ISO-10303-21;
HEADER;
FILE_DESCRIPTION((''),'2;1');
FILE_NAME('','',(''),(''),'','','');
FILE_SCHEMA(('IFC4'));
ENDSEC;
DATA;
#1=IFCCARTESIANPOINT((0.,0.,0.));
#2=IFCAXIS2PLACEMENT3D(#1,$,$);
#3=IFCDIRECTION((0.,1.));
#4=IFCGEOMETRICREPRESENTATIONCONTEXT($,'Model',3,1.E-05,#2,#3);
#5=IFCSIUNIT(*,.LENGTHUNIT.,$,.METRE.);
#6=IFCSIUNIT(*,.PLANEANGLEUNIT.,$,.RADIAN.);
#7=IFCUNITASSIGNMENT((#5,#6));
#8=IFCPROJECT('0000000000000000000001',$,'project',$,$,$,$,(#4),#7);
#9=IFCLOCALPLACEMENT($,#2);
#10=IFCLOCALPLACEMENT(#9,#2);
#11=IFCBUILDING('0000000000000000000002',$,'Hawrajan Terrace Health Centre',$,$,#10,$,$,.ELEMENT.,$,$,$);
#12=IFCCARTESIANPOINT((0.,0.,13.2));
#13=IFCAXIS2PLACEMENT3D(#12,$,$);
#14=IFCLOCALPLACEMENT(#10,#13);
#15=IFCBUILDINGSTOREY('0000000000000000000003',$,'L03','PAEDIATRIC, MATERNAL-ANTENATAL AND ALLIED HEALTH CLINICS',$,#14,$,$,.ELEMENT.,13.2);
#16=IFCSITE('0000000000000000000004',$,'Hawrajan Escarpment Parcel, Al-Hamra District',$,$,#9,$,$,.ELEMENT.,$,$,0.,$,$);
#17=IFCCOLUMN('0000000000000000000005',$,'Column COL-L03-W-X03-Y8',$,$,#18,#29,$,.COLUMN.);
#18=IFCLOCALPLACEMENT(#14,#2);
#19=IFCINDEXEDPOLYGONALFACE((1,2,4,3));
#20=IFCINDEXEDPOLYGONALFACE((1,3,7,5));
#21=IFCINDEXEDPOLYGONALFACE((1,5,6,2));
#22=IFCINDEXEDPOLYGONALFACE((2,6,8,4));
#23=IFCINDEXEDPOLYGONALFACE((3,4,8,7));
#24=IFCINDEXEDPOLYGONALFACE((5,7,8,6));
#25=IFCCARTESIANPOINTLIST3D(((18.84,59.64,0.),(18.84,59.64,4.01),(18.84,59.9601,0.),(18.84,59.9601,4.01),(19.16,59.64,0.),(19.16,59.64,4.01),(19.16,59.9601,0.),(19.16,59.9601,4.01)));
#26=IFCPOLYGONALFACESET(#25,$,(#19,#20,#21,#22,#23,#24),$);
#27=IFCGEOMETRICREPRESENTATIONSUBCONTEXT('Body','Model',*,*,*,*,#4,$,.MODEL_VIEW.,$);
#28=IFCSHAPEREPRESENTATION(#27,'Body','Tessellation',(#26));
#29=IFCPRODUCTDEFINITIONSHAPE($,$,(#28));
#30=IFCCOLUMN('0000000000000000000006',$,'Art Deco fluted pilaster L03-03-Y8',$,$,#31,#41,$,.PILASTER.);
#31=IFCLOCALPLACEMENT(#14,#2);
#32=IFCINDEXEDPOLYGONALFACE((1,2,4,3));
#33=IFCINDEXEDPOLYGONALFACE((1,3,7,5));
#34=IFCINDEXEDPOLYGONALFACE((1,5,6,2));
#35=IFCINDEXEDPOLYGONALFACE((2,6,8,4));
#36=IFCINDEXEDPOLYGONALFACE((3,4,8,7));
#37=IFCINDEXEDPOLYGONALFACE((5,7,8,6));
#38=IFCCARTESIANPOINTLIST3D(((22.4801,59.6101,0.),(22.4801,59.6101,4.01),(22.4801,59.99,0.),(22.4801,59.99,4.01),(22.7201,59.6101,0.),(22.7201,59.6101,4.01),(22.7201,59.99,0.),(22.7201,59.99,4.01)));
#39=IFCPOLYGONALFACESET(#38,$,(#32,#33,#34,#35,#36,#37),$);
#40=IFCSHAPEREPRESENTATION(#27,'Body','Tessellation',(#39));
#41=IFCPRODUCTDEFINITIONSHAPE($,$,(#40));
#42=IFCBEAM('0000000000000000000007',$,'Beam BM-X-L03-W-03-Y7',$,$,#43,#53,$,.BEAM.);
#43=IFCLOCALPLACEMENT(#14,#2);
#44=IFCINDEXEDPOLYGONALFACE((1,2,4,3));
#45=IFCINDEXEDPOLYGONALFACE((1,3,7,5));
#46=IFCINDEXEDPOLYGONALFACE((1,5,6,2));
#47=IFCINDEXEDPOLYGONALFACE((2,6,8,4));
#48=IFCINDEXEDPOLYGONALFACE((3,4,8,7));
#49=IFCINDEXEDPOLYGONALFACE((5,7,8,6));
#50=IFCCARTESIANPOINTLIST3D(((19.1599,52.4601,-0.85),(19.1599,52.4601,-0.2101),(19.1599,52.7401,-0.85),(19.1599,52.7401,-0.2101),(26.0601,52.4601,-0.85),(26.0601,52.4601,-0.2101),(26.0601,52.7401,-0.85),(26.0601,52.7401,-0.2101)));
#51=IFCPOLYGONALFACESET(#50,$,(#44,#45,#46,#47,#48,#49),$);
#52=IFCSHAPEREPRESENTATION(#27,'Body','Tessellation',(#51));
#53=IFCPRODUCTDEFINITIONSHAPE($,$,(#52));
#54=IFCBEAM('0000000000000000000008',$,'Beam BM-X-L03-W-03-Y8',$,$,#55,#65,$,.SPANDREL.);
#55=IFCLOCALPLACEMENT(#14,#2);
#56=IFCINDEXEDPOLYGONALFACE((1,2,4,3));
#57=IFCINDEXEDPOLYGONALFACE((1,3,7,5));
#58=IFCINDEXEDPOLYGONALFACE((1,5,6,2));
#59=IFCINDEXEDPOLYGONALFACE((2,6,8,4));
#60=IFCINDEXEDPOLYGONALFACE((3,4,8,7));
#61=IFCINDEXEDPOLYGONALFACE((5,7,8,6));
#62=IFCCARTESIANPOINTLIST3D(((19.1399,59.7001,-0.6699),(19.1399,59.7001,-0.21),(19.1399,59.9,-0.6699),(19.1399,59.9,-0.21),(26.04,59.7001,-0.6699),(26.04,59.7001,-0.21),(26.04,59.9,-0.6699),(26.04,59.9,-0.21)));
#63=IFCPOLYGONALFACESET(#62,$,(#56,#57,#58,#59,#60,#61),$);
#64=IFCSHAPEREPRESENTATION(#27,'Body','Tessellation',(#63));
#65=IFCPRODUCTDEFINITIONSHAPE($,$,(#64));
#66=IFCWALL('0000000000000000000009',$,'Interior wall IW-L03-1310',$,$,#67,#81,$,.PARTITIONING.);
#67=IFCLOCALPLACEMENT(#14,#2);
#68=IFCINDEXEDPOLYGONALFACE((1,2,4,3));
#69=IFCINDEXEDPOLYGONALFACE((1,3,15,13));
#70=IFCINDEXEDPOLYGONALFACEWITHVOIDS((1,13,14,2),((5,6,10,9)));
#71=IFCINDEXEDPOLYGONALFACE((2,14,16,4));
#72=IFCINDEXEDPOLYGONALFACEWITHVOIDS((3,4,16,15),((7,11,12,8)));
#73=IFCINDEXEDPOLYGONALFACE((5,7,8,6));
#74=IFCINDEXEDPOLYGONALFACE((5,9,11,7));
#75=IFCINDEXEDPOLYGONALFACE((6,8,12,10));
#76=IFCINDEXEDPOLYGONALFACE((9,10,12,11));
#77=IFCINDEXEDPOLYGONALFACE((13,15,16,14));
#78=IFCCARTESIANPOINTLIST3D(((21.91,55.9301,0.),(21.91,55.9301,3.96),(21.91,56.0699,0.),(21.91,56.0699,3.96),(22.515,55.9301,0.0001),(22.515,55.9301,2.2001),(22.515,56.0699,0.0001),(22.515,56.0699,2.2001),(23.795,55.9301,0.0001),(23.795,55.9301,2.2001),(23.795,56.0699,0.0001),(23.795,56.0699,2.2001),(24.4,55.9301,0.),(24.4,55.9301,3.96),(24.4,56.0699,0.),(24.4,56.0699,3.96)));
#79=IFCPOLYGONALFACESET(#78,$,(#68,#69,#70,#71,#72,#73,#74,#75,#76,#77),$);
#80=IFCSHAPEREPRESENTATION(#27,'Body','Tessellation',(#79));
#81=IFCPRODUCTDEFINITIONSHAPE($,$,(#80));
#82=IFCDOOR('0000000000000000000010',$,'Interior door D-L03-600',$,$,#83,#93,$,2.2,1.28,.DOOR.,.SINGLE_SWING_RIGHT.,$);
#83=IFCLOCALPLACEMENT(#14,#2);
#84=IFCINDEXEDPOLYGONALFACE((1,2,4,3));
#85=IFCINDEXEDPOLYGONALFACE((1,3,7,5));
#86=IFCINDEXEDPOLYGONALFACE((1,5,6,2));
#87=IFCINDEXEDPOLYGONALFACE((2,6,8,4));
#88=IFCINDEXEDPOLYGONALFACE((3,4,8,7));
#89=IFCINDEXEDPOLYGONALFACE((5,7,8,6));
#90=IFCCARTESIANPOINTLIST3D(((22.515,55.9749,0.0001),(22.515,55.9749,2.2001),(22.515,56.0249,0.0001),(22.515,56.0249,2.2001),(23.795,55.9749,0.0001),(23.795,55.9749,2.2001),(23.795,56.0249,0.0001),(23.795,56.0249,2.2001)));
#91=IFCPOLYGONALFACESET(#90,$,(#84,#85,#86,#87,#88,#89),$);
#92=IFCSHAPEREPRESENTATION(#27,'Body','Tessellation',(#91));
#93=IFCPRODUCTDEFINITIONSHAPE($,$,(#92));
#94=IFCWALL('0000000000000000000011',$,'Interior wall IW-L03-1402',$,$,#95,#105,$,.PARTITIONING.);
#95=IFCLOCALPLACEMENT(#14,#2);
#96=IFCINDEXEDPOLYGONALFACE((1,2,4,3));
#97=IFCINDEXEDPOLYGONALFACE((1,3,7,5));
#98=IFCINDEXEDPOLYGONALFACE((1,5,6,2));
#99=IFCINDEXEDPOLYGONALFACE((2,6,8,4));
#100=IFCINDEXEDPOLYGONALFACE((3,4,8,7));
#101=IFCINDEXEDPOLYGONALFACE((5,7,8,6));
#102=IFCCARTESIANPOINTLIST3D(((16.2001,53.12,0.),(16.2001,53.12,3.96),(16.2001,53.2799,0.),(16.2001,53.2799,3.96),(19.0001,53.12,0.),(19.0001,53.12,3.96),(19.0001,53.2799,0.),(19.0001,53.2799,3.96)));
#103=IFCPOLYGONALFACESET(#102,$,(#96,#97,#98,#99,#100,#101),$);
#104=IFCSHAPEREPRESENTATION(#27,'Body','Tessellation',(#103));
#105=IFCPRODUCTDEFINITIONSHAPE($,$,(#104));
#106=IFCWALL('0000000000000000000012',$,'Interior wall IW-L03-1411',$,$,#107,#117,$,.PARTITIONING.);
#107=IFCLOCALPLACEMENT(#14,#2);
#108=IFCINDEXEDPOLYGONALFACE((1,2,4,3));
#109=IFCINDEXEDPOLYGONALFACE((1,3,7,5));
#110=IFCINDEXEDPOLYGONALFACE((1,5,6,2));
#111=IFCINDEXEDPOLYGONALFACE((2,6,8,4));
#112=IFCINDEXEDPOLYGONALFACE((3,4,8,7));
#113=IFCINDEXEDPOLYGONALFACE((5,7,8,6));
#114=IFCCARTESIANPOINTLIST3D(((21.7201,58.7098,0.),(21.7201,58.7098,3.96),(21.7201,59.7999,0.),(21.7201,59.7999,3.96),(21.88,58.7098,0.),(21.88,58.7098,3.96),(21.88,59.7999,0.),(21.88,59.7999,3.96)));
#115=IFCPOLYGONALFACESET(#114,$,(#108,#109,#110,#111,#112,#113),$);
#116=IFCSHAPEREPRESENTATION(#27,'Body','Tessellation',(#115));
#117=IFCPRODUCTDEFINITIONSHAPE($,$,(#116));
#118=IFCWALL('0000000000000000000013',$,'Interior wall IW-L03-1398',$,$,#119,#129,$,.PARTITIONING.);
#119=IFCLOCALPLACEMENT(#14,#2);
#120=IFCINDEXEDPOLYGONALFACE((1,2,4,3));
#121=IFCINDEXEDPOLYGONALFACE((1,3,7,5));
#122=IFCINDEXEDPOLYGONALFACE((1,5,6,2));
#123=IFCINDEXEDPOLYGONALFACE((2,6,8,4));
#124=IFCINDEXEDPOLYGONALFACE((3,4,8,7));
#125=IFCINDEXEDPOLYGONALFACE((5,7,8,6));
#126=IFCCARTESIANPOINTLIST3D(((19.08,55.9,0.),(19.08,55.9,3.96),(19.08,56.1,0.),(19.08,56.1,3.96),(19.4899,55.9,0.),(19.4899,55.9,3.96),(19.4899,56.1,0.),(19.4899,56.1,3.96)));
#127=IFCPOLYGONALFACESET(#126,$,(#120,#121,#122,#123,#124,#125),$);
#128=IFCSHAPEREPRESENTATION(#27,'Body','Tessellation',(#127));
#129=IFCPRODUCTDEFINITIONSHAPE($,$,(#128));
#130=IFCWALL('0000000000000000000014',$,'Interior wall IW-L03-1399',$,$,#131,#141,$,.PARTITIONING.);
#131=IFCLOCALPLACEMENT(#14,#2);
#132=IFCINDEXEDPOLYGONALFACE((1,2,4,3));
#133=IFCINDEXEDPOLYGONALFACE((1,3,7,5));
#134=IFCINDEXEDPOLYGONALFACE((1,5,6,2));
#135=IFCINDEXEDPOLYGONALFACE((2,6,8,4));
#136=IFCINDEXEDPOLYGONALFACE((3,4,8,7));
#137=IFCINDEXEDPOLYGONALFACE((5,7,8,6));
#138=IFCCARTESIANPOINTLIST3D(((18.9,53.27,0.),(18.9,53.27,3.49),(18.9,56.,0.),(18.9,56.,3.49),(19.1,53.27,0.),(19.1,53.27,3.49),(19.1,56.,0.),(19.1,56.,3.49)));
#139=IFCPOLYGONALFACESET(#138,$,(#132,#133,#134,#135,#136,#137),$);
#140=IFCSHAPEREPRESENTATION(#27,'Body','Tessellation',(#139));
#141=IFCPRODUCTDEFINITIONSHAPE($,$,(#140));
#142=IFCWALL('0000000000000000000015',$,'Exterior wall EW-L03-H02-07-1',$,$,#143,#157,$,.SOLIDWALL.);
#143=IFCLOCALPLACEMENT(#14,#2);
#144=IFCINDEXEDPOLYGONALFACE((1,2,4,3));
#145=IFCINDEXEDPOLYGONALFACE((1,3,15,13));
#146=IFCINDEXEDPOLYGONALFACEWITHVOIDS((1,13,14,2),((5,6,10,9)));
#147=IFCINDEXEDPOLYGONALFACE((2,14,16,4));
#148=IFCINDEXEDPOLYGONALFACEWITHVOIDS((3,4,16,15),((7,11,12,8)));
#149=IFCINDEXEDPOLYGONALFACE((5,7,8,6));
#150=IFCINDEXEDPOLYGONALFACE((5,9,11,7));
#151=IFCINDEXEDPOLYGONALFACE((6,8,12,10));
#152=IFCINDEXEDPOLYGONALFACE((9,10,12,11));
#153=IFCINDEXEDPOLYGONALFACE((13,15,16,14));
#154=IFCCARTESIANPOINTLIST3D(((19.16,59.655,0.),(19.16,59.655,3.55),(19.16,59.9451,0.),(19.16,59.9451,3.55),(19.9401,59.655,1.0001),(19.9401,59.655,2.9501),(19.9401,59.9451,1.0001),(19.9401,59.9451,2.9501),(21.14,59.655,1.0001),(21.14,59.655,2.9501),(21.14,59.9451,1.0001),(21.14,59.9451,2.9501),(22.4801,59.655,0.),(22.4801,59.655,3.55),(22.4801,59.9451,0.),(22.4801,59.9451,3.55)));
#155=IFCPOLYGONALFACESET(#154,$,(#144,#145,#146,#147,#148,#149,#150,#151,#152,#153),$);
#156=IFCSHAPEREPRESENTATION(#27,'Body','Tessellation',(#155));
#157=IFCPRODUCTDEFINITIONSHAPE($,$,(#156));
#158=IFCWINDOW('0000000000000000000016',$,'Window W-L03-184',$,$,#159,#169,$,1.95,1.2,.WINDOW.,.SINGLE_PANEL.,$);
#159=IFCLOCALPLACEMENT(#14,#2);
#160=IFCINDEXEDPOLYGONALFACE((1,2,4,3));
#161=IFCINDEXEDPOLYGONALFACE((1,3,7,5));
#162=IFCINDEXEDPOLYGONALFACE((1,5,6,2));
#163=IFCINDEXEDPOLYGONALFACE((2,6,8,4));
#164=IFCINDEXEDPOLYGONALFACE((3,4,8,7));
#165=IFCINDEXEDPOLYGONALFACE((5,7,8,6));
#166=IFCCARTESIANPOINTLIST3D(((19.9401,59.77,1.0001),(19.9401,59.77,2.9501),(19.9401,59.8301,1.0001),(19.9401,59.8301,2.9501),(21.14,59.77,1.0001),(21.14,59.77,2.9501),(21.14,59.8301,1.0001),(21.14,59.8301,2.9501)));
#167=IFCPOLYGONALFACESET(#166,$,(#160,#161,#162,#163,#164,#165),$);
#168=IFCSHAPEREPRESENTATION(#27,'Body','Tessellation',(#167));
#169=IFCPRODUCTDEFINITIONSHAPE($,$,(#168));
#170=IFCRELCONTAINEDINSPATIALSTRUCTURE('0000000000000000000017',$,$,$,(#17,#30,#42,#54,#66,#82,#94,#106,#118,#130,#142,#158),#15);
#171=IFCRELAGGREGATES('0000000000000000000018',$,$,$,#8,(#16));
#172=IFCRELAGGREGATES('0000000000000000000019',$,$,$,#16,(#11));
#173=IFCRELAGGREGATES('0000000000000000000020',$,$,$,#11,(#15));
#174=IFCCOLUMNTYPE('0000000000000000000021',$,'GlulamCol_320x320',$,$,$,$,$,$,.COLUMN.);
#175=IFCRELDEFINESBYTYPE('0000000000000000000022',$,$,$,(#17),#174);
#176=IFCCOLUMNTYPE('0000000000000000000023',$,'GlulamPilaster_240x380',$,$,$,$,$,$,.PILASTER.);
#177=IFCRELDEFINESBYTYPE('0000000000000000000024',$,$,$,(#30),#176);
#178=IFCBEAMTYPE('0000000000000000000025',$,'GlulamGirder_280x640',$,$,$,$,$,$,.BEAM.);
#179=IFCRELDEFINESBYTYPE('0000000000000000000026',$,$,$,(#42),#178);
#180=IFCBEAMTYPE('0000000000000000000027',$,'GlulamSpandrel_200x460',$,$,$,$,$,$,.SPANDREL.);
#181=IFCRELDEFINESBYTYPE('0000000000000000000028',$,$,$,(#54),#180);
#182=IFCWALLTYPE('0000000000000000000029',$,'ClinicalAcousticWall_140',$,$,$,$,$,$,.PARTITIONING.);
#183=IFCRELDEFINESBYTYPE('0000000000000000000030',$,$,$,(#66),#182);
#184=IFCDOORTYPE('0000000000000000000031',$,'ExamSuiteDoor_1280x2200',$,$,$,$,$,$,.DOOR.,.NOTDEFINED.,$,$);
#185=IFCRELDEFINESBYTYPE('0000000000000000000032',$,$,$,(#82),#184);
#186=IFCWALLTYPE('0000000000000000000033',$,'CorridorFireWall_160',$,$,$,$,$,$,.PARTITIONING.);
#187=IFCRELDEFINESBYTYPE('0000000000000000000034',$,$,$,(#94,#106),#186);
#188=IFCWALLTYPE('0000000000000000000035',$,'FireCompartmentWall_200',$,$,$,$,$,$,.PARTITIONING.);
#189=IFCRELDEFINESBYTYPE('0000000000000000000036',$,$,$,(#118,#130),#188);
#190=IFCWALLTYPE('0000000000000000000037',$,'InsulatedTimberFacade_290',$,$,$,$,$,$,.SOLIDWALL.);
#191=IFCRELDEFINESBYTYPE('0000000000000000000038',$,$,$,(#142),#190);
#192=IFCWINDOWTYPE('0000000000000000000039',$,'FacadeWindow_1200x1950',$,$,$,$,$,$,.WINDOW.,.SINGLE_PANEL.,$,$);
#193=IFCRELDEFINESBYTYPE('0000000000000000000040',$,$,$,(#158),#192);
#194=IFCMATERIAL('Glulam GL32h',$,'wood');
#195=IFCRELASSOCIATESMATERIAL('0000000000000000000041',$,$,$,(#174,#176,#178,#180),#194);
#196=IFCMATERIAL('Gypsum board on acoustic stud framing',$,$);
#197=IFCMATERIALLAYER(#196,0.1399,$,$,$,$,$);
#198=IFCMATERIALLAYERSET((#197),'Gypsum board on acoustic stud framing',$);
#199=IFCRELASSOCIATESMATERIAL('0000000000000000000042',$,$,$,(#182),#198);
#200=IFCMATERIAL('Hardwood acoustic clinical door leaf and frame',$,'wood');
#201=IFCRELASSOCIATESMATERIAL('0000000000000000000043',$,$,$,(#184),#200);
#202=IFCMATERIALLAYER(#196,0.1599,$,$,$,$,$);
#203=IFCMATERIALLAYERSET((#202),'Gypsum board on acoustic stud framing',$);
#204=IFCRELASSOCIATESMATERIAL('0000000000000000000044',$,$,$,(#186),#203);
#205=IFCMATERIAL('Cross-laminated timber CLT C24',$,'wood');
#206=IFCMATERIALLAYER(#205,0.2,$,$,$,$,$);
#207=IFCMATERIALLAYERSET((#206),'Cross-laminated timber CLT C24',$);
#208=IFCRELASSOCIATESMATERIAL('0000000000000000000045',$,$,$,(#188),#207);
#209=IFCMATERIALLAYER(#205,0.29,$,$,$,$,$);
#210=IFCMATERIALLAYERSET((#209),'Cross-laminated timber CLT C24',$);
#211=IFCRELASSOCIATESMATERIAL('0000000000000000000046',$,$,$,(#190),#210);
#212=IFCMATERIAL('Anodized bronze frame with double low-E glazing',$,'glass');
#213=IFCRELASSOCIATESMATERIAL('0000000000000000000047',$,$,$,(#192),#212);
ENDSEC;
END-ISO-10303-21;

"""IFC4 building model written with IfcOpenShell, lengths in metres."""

from ifc_helpers import new_model, si_unit, direction, frame, frame_2d, origin, origin_2d, place, context, subcontext, project, spatial, rectangle, extrude, material, layer, layer_set, material_profile, profile_set, type_object, element, fill, save


model = new_model("IFC4")

# Units and contexts
model_context = context("Model", 3, precision=1e-05, world=origin(), true_north=direction((0.0, 1.0)))
body_context = subcontext(model_context, "Body", "Model", "MODEL_VIEW")
ifc_project = project(units=[si_unit("LENGTHUNIT", "METRE"), si_unit("PLANEANGLEUNIT", "RADIAN")], contexts=[model_context])

# Site, building, storey
site_placement = place(None, origin())
site = spatial("IfcSite", under=ifc_project, at=site_placement, Name="Hawrajan Escarpment Parcel, Al-Hamra District", CompositionType="ELEMENT", RefElevation=0.0)
building_placement = place(site_placement, origin())
building = spatial("IfcBuilding", under=site, at=building_placement, Name="Hawrajan Terrace Health Centre", CompositionType="ELEMENT")
storey_placement = place(building_placement, frame((0.0, 0.0, 13.2)))
storey = spatial("IfcBuildingStorey", under=building, at=storey_placement, Name="L03", Description="PAEDIATRIC, MATERNAL-ANTENATAL AND ALLIED HEALTH CLINICS", CompositionType="ELEMENT", Elevation=13.2)

# Columns
ifc_material_1 = material(Name="Glulam GL32h", Category="wood")
ifc_material_profile_1 = material_profile(ifc_material_1, rectangle(XDim=0.3201, YDim=0.3201, at=origin_2d()), Name="GL 320x320")
ifc_profile_set_1 = profile_set([ifc_material_profile_1], Name="Glulam GL32h")
column_type_1 = type_object("IfcColumnType", Name="GlulamCol_320x320", PredefinedType="COLUMN", material=ifc_profile_set_1)
column_1_placement = place(storey_placement, frame((19.0, 59.8, 0.0), z_axis=(0.0, 0.0, 1.0), x_axis=(1.0, 0.0, 0.0)))
element("IfcColumn", 1, at=column_1_placement, inside=storey, type_object=column_type_1, Name="Column COL-L03-W-X03-Y8", PredefinedType="COLUMN", context=body_context, shape_type="SweptSolid", body=[
    extrude(rectangle(XDim=0.3201, YDim=0.3201, at=origin_2d()), origin(), (0.0, 0.0, 1.0), 4.01),
])
ifc_material_profile_2 = material_profile(ifc_material_1, rectangle(XDim=0.24, YDim=0.3799, at=origin_2d()), Name="GL PIL 240x380")
ifc_profile_set_2 = profile_set([ifc_material_profile_2], Name="Glulam GL32h")
column_type_2 = type_object("IfcColumnType", Name="GlulamPilaster_240x380", PredefinedType="PILASTER", material=ifc_profile_set_2)
column_2_placement = place(storey_placement, frame((22.6001, 59.8, 0.0), z_axis=(0.0, 0.0, 1.0), x_axis=(1.0, 0.0, 0.0)))
element("IfcColumn", 2, at=column_2_placement, inside=storey, type_object=column_type_2, Name="Art Deco fluted pilaster L03-03-Y8", PredefinedType="PILASTER", context=body_context, shape_type="SweptSolid", body=[
    extrude(rectangle(XDim=0.24, YDim=0.3799, at=origin_2d()), origin(), (0.0, 0.0, 1.0), 4.01),
])

# Beams
ifc_material_profile_3 = material_profile(ifc_material_1, rectangle(XDim=0.28, YDim=0.6399, at=origin_2d()), Name="GL BM 280x640")
ifc_profile_set_3 = profile_set([ifc_material_profile_3], Name="Glulam GL32h")
beam_type_1 = type_object("IfcBeamType", Name="GlulamGirder_280x640", PredefinedType="BEAM", material=ifc_profile_set_3)
beam_1_placement = place(storey_placement, frame((19.1599, 52.6001, -0.53), z_axis=(1.0, 0.0, 0.0), x_axis=(0.0, 1.0, 0.0)))
element("IfcBeam", 3, at=beam_1_placement, inside=storey, type_object=beam_type_1, Name="Beam BM-X-L03-W-03-Y7", PredefinedType="BEAM", context=body_context, shape_type="SweptSolid", body=[
    extrude(rectangle(XDim=0.28, YDim=0.6399, at=origin_2d()), origin(), (0.0, 0.0, 1.0), 6.9001),
])
ifc_material_profile_4 = material_profile(ifc_material_1, rectangle(XDim=0.2, YDim=0.46, at=origin_2d()), Name="GL SP 200x460")
ifc_profile_set_4 = profile_set([ifc_material_profile_4], Name="Glulam GL32h")
beam_type_2 = type_object("IfcBeamType", Name="GlulamSpandrel_200x460", PredefinedType="SPANDREL", material=ifc_profile_set_4)
beam_2_placement = place(storey_placement, frame((19.1399, 59.8, -0.4399), z_axis=(1.0, 0.0, 0.0), x_axis=(0.0, 1.0, 0.0)))
element("IfcBeam", 4, at=beam_2_placement, inside=storey, type_object=beam_type_2, Name="Beam BM-X-L03-W-03-Y8", PredefinedType="SPANDREL", context=body_context, shape_type="SweptSolid", body=[
    extrude(rectangle(XDim=0.2, YDim=0.46, at=origin_2d()), origin(), (0.0, 0.0, 1.0), 6.9001),
])

# Wall, opening, door
ifc_material_2 = material(Name="Gypsum board on acoustic stud framing")
ifc_layer_1 = layer(ifc_material_2, 0.1399)
ifc_layer_set_1 = layer_set([ifc_layer_1], Name="Gypsum board on acoustic stud framing")
wall_type_1 = type_object("IfcWallType", Name="ClinicalAcousticWall_140", PredefinedType="PARTITIONING", material=ifc_layer_set_1)
wall_1_placement = place(storey_placement, frame((21.9099, 56.0, 0.0), z_axis=(0.0, 0.0, 1.0), x_axis=(1.0, 0.0, 0.0)))
wall_1 = element("IfcWall", 5, at=wall_1_placement, inside=storey, type_object=wall_type_1, Name="Interior wall IW-L03-1310", PredefinedType="PARTITIONING", context=body_context, shape_type="SweptSolid", body=[
    extrude(rectangle(XDim=2.49, YDim=0.1399, at=frame_2d((1.2451, 0.0))), origin(), (0.0, 0.0, 1.0), 3.96),
])
opening_1_placement = place(wall_1_placement, frame((0.605, 0.0, 0.0)))
opening_1 = element("IfcOpeningElement", 6, at=opening_1_placement, cuts=wall_1, PredefinedType="OPENING", context=body_context, shape_type="SweptSolid", body=[
    extrude(rectangle(XDim=1.28, YDim=2.2, at=frame_2d((0.6401, 1.1001))), frame((0.0, 0.0798, 0.0), z_axis=(0.0, -1.0, 0.0), x_axis=(1.0, 0.0, 0.0)), (0.0, 0.0, 1.0), 0.1599),
])
ifc_material_3 = material(Name="Hardwood acoustic clinical door leaf and frame", Category="wood")
door_type_1 = type_object("IfcDoorType", Name="ExamSuiteDoor_1280x2200", OperationType="NOTDEFINED", PredefinedType="DOOR", material=ifc_material_3)
door_1_placement = place(opening_1_placement, origin())
door_1 = element("IfcDoor", 7, at=door_1_placement, inside=storey, type_object=door_type_1, Name="Interior door D-L03-600", OperationType="SINGLE_SWING_RIGHT", OverallHeight=2.2, OverallWidth=1.28, PredefinedType="DOOR", context=body_context, shape_type="SweptSolid", body=[
    extrude(rectangle(XDim=1.28, YDim=2.2, at=frame_2d((0.6401, 1.1001))), frame((0.0, 0.0249, 0.0), z_axis=(0.0, -1.0, 0.0), x_axis=(1.0, 0.0, 0.0)), (0.0, 0.0, 1.0), 0.05),
])
fill(opening_1, door_1)

# Walls
ifc_layer_2 = layer(ifc_material_2, 0.1599)
ifc_layer_set_2 = layer_set([ifc_layer_2], Name="Gypsum board on acoustic stud framing")
wall_type_2 = type_object("IfcWallType", Name="CorridorFireWall_160", PredefinedType="PARTITIONING", material=ifc_layer_set_2)
wall_2_placement = place(storey_placement, frame((19.0, 53.2, 0.0), z_axis=(0.0, 0.0, 1.0), x_axis=(-1.0, 0.0, 0.0)))
element("IfcWall", 8, at=wall_2_placement, inside=storey, type_object=wall_type_2, Name="Interior wall IW-L03-1402", PredefinedType="PARTITIONING", context=body_context, shape_type="SweptSolid", body=[
    extrude(rectangle(XDim=2.8, YDim=0.1599, at=frame_2d((1.3999, 0.0))), origin(), (0.0, 0.0, 1.0), 3.96),
])
wall_3_placement = place(storey_placement, frame((21.8, 58.71, 0.0), z_axis=(0.0, 0.0, 1.0), x_axis=(0.0, 1.0, 0.0)))
element("IfcWall", 9, at=wall_3_placement, inside=storey, type_object=wall_type_2, Name="Interior wall IW-L03-1411", PredefinedType="PARTITIONING", context=body_context, shape_type="SweptSolid", body=[
    extrude(rectangle(XDim=1.0901, YDim=0.1599, at=frame_2d((0.5449, 0.0))), origin(), (0.0, 0.0, 1.0), 3.96),
])
ifc_material_4 = material(Name="Cross-laminated timber CLT C24", Category="wood")
ifc_layer_3 = layer(ifc_material_4, 0.2)
ifc_layer_set_3 = layer_set([ifc_layer_3], Name="Cross-laminated timber CLT C24")
wall_type_3 = type_object("IfcWallType", Name="FireCompartmentWall_200", PredefinedType="PARTITIONING", material=ifc_layer_set_3)
wall_4_placement = place(storey_placement, frame((19.49, 56.0, 0.0), z_axis=(0.0, 0.0, 1.0), x_axis=(-1.0, 0.0, 0.0)))
element("IfcWall", 10, at=wall_4_placement, inside=storey, type_object=wall_type_3, Name="Interior wall IW-L03-1398", PredefinedType="PARTITIONING", context=body_context, shape_type="SweptSolid", body=[
    extrude(rectangle(XDim=0.4099, YDim=0.2, at=frame_2d((0.2051, 0.0))), origin(), (0.0, 0.0, 1.0), 3.96),
])
wall_5_placement = place(storey_placement, frame((19.0, 53.27, 0.0), z_axis=(0.0, 0.0, 1.0), x_axis=(0.0, 1.0, 0.0)))
element("IfcWall", 11, at=wall_5_placement, inside=storey, type_object=wall_type_3, Name="Interior wall IW-L03-1399", PredefinedType="PARTITIONING", context=body_context, shape_type="SweptSolid", body=[
    extrude(rectangle(XDim=2.73, YDim=0.2, at=frame_2d((1.365, 0.0))), origin(), (0.0, 0.0, 1.0), 3.49),
])

# Wall, opening, window
ifc_layer_4 = layer(ifc_material_4, 0.29)
ifc_layer_set_4 = layer_set([ifc_layer_4], Name="Cross-laminated timber CLT C24")
wall_type_4 = type_object("IfcWallType", Name="InsulatedTimberFacade_290", PredefinedType="SOLIDWALL", material=ifc_layer_set_4)
wall_6_placement = place(storey_placement, frame((19.1599, 59.8, 0.0), z_axis=(0.0, 0.0, 1.0), x_axis=(1.0, 0.0, 0.0)))
wall_6 = element("IfcWall", 12, at=wall_6_placement, inside=storey, type_object=wall_type_4, Name="Exterior wall EW-L03-H02-07-1", PredefinedType="SOLIDWALL", context=body_context, shape_type="SweptSolid", body=[
    extrude(rectangle(XDim=3.3201, YDim=0.29, at=frame_2d((1.6602, 0.0))), origin(), (0.0, 0.0, 1.0), 3.55),
])
opening_2_placement = place(wall_6_placement, frame((0.78, 0.0, 1.0)))
opening_2 = element("IfcOpeningElement", 13, at=opening_2_placement, cuts=wall_6, PredefinedType="OPENING", context=body_context, shape_type="SweptSolid", body=[
    extrude(rectangle(XDim=1.2, YDim=1.95, at=frame_2d((0.6001, 0.9751))), frame((0.0, 0.155, 0.0), z_axis=(0.0, -1.0, 0.0), x_axis=(1.0, 0.0, 0.0)), (0.0, 0.0, 1.0), 0.3101),
])
ifc_material_5 = material(Name="Anodized bronze frame with double low-E glazing", Category="glass")
window_type_1 = type_object("IfcWindowType", Name="FacadeWindow_1200x1950", PartitioningType="SINGLE_PANEL", PredefinedType="WINDOW", material=ifc_material_5)
window_1_placement = place(opening_2_placement, origin())
window_1 = element("IfcWindow", 14, at=window_1_placement, inside=storey, type_object=window_type_1, Name="Window W-L03-184", OverallHeight=1.95, OverallWidth=1.2, PartitioningType="SINGLE_PANEL", PredefinedType="WINDOW", context=body_context, shape_type="SweptSolid", body=[
    extrude(rectangle(XDim=1.2, YDim=1.95, at=frame_2d((0.6001, 0.9751))), frame((0.0, 0.03, 0.0), z_axis=(0.0, -1.0, 0.0), x_axis=(1.0, 0.0, 0.0)), (0.0, 0.0, 1.0), 0.0601),
])
fill(opening_2, window_1)

save(model, "model.ifc")
